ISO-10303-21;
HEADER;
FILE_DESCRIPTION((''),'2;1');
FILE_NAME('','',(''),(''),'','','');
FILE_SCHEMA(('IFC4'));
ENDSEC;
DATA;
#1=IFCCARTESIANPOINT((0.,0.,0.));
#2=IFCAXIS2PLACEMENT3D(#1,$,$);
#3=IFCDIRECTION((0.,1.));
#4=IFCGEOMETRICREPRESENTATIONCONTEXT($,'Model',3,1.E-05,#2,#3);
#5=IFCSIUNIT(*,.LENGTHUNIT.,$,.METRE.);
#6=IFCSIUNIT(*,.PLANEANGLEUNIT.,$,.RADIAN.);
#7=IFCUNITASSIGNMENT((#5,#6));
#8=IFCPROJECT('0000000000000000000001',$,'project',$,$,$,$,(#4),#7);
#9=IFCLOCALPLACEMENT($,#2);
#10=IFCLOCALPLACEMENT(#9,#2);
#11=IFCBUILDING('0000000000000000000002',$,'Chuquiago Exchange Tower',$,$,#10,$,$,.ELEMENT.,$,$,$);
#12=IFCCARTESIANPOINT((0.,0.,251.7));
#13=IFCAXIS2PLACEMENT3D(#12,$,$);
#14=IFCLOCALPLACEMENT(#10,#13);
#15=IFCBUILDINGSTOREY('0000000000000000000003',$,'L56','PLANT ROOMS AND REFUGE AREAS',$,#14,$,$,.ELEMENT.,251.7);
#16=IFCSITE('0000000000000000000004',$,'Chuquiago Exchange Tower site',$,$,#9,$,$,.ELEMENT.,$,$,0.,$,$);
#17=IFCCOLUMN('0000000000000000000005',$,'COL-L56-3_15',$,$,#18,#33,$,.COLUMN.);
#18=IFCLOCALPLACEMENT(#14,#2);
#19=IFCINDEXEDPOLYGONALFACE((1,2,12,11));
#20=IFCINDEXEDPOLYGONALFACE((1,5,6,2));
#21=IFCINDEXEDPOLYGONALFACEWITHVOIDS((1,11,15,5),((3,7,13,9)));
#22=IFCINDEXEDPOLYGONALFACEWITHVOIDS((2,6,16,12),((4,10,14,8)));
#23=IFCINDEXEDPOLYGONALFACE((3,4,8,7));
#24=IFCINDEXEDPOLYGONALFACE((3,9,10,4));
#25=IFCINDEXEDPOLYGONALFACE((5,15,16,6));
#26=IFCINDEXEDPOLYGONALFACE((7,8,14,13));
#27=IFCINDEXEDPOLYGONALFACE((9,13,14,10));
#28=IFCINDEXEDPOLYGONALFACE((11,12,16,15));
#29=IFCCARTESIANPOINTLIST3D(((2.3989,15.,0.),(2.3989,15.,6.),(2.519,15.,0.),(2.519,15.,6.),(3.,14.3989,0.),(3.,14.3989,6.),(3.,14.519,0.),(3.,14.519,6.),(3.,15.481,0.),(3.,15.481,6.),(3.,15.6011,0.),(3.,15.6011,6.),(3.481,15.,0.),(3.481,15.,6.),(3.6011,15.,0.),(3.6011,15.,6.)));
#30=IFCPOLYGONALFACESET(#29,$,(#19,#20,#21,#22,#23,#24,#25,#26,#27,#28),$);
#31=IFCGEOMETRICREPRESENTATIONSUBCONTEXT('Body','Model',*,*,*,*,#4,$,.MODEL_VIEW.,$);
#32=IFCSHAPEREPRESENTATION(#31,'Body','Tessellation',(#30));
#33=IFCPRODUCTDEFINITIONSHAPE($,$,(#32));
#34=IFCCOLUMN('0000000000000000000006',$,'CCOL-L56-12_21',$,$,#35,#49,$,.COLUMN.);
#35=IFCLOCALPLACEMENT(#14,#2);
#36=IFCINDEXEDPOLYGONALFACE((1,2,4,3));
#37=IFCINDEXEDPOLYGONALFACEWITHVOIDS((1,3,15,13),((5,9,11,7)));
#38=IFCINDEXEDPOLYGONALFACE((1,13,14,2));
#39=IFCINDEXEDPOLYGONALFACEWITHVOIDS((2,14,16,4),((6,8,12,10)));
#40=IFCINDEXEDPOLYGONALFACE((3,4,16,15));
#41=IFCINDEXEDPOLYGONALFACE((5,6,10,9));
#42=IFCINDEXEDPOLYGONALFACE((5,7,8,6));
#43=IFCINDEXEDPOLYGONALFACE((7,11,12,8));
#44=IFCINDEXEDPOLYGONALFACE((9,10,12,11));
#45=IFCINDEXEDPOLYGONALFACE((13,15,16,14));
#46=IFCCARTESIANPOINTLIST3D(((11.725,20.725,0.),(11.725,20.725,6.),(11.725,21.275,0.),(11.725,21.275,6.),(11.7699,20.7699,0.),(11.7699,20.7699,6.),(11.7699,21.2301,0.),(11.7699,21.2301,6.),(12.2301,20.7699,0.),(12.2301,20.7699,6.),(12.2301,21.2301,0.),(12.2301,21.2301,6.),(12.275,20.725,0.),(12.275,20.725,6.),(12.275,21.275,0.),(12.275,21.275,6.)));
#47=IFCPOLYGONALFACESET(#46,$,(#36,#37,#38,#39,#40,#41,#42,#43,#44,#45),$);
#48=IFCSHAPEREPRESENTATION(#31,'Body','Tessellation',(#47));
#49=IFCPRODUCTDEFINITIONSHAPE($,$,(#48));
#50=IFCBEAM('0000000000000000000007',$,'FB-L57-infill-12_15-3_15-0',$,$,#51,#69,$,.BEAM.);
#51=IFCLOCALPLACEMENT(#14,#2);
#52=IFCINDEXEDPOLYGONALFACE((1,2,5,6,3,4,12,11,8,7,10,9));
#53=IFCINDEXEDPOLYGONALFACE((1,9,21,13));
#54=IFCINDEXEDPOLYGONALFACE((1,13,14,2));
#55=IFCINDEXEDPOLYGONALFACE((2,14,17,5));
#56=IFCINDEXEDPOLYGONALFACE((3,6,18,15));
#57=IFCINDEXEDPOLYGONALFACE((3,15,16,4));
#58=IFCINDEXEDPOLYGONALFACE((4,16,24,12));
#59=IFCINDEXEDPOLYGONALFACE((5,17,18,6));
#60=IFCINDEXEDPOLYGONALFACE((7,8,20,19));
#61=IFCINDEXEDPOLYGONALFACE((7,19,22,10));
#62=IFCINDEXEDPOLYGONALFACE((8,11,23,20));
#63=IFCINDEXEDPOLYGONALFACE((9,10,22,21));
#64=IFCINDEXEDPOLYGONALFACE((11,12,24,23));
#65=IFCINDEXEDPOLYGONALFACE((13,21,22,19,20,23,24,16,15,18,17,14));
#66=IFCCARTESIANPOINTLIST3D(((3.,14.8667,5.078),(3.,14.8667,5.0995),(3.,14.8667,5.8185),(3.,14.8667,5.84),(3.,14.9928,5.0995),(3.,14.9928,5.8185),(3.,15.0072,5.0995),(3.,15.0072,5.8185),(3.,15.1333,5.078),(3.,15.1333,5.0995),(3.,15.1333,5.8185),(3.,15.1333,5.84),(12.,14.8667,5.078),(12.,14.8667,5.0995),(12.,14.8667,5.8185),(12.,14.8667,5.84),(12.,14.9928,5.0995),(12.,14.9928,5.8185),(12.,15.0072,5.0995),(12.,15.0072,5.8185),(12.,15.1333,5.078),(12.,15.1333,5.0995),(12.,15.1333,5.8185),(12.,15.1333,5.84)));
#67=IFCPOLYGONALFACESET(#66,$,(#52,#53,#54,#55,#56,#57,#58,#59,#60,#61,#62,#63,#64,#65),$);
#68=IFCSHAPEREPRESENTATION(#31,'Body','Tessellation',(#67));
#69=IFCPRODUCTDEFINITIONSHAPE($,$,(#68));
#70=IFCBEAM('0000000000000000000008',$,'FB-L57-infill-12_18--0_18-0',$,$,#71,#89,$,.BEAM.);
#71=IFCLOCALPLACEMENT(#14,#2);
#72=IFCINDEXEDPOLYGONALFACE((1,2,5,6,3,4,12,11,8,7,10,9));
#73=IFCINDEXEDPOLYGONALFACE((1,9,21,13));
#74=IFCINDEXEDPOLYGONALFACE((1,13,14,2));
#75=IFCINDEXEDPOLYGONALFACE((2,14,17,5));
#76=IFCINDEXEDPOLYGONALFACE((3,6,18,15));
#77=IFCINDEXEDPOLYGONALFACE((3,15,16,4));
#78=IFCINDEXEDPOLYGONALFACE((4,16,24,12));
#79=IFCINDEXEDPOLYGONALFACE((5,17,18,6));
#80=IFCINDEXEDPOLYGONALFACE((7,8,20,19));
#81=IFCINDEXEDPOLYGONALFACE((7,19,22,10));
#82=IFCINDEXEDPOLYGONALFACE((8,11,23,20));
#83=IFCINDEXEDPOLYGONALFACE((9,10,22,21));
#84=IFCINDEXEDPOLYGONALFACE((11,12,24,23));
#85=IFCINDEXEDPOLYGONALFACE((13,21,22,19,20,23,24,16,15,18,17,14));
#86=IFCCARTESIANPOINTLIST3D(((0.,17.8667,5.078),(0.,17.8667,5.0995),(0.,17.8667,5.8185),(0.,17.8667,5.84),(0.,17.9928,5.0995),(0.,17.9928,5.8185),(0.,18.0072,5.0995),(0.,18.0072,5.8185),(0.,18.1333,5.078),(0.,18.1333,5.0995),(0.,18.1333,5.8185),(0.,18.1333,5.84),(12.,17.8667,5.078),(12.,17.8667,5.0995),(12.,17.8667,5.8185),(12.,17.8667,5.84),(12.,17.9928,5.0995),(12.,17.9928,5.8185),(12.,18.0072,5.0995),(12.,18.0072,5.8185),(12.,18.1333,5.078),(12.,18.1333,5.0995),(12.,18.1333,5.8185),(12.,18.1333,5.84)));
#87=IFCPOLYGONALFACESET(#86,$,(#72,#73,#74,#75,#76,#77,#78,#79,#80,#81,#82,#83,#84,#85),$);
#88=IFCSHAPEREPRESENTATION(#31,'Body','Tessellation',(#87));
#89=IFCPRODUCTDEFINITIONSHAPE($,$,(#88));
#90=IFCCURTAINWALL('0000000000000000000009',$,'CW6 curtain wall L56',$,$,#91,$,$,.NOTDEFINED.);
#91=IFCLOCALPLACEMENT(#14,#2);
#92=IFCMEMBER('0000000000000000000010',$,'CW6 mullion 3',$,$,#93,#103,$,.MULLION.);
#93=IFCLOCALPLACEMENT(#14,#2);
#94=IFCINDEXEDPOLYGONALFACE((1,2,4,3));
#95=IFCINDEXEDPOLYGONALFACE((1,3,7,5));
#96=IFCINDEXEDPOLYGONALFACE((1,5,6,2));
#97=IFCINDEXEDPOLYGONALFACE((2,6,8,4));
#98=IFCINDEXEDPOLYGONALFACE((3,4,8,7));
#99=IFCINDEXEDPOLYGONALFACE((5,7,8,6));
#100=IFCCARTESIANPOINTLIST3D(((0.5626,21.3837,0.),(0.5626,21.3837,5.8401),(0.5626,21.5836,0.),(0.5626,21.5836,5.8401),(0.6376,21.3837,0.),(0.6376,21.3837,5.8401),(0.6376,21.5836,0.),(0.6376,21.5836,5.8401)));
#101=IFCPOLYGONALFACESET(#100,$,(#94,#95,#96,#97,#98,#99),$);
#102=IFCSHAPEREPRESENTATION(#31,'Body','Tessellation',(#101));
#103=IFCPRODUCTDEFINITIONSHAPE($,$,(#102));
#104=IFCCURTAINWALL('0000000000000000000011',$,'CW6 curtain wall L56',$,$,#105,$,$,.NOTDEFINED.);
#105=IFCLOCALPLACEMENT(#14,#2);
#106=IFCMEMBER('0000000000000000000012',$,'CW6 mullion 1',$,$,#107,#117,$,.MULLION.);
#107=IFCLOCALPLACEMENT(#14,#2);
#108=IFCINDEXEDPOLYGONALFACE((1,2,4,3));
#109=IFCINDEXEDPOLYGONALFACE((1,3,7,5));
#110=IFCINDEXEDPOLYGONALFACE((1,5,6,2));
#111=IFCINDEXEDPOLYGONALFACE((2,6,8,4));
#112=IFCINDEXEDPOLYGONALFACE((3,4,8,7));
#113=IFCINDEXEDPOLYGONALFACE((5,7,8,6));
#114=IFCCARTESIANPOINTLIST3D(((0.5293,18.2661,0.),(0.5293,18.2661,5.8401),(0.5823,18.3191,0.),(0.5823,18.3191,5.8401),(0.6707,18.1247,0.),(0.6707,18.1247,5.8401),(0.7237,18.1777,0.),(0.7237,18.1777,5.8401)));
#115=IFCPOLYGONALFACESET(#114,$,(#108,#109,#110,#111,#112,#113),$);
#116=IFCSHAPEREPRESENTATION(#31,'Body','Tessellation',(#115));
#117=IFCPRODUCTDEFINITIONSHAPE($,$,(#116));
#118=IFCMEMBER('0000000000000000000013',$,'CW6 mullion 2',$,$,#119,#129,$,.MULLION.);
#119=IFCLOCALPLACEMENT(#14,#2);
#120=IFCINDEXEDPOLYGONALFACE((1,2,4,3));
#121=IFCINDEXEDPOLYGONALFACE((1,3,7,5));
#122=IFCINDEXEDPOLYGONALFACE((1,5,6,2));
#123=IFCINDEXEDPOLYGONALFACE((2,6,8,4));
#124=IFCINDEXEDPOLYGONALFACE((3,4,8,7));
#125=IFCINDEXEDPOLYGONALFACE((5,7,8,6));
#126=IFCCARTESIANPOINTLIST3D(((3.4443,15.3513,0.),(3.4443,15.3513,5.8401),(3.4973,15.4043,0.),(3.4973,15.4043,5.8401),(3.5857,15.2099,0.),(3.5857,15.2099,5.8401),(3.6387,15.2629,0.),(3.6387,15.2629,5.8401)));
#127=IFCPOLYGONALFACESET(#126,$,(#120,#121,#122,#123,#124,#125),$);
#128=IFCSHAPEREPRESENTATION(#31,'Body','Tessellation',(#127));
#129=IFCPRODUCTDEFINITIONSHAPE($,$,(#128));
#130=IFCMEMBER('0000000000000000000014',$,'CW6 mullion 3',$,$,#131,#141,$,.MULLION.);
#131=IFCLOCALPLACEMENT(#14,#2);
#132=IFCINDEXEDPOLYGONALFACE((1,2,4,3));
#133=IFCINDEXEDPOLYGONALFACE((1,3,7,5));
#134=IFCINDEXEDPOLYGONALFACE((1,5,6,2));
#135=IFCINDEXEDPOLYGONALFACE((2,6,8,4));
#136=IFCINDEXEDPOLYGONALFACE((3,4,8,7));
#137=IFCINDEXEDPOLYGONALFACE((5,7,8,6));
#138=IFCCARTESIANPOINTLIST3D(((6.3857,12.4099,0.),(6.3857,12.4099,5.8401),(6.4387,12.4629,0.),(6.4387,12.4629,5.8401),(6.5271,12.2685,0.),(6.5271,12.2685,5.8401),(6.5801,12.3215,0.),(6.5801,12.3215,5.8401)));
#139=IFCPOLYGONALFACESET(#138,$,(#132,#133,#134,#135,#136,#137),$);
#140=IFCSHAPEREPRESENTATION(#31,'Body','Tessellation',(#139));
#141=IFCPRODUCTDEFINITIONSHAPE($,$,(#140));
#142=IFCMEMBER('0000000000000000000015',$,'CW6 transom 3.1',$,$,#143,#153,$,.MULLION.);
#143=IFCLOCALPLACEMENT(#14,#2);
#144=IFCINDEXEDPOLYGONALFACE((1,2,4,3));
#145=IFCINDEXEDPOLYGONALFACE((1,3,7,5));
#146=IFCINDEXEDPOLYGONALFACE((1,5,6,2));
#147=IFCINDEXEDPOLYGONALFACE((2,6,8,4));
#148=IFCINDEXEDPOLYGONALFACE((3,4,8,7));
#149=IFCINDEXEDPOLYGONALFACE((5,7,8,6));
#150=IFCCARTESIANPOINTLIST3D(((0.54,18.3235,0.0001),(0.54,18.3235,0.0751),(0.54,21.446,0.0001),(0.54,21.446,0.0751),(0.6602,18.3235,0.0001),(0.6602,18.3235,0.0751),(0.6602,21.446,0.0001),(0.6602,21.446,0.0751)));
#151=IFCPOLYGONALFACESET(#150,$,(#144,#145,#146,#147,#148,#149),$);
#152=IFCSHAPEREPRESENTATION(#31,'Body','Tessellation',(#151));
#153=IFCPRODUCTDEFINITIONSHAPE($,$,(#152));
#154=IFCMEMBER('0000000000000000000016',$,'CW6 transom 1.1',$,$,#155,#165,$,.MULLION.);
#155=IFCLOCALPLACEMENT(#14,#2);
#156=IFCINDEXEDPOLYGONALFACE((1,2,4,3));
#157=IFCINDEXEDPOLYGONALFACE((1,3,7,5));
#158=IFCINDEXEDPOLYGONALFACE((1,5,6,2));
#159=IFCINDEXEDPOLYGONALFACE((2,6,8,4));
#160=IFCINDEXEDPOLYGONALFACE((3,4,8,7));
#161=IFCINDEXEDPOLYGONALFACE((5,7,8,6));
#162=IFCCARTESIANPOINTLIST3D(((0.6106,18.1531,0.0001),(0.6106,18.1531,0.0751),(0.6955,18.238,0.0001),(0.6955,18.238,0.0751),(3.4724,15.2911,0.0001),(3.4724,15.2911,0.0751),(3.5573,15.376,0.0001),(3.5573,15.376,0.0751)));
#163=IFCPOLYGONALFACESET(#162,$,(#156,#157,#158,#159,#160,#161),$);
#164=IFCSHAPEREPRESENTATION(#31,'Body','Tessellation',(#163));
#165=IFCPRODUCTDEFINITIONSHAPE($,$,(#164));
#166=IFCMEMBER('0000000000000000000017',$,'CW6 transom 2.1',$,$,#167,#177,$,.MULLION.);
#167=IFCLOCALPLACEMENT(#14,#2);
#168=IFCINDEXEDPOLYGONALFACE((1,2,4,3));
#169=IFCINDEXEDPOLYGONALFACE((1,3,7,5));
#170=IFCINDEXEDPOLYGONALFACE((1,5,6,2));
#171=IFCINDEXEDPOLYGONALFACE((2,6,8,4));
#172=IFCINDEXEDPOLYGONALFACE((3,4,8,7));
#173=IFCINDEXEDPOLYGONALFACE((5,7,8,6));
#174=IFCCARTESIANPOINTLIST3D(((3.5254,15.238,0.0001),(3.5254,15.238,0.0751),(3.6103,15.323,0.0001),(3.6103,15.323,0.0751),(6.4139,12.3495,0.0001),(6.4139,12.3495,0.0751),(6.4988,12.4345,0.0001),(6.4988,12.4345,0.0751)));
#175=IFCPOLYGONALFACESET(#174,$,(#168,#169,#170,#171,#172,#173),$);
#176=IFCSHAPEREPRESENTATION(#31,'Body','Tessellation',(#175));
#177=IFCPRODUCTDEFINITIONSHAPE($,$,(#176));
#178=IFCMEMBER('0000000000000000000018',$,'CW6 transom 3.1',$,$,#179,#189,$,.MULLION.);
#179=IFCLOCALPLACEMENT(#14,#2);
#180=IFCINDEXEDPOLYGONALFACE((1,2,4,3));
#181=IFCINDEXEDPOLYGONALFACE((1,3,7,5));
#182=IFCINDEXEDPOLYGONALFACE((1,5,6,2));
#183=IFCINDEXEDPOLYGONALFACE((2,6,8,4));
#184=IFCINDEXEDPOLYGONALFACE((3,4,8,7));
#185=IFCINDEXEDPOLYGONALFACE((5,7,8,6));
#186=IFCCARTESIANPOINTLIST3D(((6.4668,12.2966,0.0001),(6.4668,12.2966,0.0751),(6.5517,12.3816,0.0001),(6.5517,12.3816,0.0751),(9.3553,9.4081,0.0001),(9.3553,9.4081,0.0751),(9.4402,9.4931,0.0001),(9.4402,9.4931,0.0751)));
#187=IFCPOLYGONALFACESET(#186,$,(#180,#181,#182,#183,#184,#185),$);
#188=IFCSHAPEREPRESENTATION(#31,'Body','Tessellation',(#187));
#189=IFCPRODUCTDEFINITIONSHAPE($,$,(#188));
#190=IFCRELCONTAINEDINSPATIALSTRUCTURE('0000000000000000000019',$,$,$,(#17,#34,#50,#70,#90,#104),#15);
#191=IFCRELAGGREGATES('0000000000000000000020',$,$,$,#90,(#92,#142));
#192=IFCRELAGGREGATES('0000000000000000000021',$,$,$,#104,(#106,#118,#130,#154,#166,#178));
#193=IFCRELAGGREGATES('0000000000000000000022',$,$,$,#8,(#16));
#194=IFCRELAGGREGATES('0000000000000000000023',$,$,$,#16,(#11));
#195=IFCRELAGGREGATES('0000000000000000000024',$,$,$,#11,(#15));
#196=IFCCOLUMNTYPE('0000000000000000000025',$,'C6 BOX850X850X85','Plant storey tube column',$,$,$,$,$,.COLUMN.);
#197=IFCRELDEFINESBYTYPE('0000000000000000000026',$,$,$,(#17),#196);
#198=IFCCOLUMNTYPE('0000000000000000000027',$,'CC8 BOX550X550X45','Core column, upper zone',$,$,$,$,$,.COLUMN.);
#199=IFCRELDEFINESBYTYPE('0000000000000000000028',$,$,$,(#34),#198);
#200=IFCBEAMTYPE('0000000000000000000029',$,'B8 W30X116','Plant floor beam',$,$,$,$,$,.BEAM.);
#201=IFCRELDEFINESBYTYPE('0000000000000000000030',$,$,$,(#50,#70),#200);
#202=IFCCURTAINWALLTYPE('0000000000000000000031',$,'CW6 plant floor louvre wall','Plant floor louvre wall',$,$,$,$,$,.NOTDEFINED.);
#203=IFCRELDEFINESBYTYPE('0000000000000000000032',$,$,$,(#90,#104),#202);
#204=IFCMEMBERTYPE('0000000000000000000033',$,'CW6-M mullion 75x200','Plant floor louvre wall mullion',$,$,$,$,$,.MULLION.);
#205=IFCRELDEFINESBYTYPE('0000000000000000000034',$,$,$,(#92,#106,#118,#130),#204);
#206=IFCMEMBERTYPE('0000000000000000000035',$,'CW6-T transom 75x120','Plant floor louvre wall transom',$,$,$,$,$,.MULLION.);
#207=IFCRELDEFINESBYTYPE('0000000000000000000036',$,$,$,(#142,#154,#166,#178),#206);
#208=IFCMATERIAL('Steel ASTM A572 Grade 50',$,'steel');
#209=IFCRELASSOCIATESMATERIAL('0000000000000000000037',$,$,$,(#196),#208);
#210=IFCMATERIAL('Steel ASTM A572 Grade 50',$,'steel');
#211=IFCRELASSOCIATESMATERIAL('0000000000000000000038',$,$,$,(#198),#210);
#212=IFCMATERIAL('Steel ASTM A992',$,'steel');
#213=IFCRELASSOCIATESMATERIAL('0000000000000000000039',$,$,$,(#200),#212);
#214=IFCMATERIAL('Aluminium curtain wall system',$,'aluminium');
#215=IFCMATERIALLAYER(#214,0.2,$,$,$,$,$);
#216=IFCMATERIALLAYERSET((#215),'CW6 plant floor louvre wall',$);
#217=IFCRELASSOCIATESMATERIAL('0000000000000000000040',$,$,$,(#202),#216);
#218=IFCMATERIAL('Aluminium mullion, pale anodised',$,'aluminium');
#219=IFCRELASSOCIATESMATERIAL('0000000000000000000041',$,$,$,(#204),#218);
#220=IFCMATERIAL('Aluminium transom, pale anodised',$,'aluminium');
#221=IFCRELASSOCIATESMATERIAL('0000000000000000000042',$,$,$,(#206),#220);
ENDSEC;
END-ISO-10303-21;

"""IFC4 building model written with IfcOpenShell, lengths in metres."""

from ifc_helpers import new_model, si_unit, direction, frame, origin, origin_2d, place, context, subcontext, project, spatial, rectangle, hollow_rectangle, i_section, extrude, material, layer, layer_set, material_profile, profile_set, type_object, element, aggregate, save


model = new_model("IFC4")

# Units and contexts
model_context = context("Model", 3, precision=1e-05, world=origin(), true_north=direction((0.0, 1.0)))
body_context = subcontext(model_context, "Body", "Model", "MODEL_VIEW")
ifc_project = project(units=[si_unit("LENGTHUNIT", "METRE"), si_unit("PLANEANGLEUNIT", "RADIAN")], contexts=[model_context])

# Site, building, storey
site_placement = place(None, origin())
site = spatial("IfcSite", under=ifc_project, at=site_placement, Name="Chuquiago Exchange Tower site", CompositionType="ELEMENT", RefElevation=0.0)
building_placement = place(site_placement, origin())
building = spatial("IfcBuilding", under=site, at=building_placement, Name="Chuquiago Exchange Tower", CompositionType="ELEMENT")
storey_placement = place(building_placement, frame((0.0, 0.0, 251.7)))
storey = spatial("IfcBuildingStorey", under=building, at=storey_placement, Name="L56", Description="PLANT ROOMS AND REFUGE AREAS", CompositionType="ELEMENT", Elevation=251.7)

# Columns
ifc_material_1 = material(Name="Steel ASTM A572 Grade 50", Category="steel")
ifc_material_profile_1 = material_profile(ifc_material_1, hollow_rectangle(XDim=0.8501, YDim=0.8501, WallThickness=0.085, at=origin_2d()), Name="BOX850X850X85")
ifc_profile_set_1 = profile_set([ifc_material_profile_1], Name="Steel ASTM A572 Grade 50")
column_type_1 = type_object("IfcColumnType", Name="C6 BOX850X850X85", Description="Plant storey tube column", PredefinedType="COLUMN", material=ifc_profile_set_1)
column_1_placement = place(storey_placement, frame((3.0, 15.0, 0.0), z_axis=(0.0, 0.0, 1.0), x_axis=(-0.707107, -0.707107, 0.0)))
element("IfcColumn", 1, at=column_1_placement, inside=storey, type_object=column_type_1, Name="COL-L56-3_15", PredefinedType="COLUMN", context=body_context, shape_type="SweptSolid", body=[
    extrude(hollow_rectangle(XDim=0.8501, YDim=0.8501, WallThickness=0.085, at=origin_2d()), origin(), (0.0, 0.0, 1.0), 6.0),
])
ifc_material_2 = material(Name="Steel ASTM A572 Grade 50", Category="steel")
ifc_material_profile_2 = material_profile(ifc_material_2, hollow_rectangle(XDim=0.55, YDim=0.55, WallThickness=0.0449, at=origin_2d()), Name="BOX550X550X45")
ifc_profile_set_2 = profile_set([ifc_material_profile_2], Name="Steel ASTM A572 Grade 50")
column_type_2 = type_object("IfcColumnType", Name="CC8 BOX550X550X45", Description="Core column, upper zone", PredefinedType="COLUMN", material=ifc_profile_set_2)
column_2_placement = place(storey_placement, frame((12.0, 21.0, 0.0), z_axis=(0.0, 0.0, 1.0), x_axis=(1.0, 0.0, 0.0)))
element("IfcColumn", 2, at=column_2_placement, inside=storey, type_object=column_type_2, Name="CCOL-L56-12_21", PredefinedType="COLUMN", context=body_context, shape_type="SweptSolid", body=[
    extrude(hollow_rectangle(XDim=0.55, YDim=0.55, WallThickness=0.0449, at=origin_2d()), origin(), (0.0, 0.0, 1.0), 6.0),
])

# Beams
ifc_material_3 = material(Name="Steel ASTM A992", Category="steel")
ifc_material_profile_3 = material_profile(ifc_material_3, i_section(OverallWidth=0.2666, OverallDepth=0.762, WebThickness=0.0144, FlangeThickness=0.0215, at=origin_2d()), Name="W30X116")
ifc_profile_set_3 = profile_set([ifc_material_profile_3], Name="Steel ASTM A992")
beam_type_1 = type_object("IfcBeamType", Name="B8 W30X116", Description="Plant floor beam", PredefinedType="BEAM", material=ifc_profile_set_3)
beam_1_placement = place(storey_placement, frame((12.0, 15.0, 5.459), z_axis=(-1.0, 0.0, 0.0), x_axis=(0.0, -1.0, 0.0)))
element("IfcBeam", 3, at=beam_1_placement, inside=storey, type_object=beam_type_1, Name="FB-L57-infill-12_15-3_15-0", PredefinedType="BEAM", context=body_context, shape_type="SweptSolid", body=[
    extrude(i_section(OverallWidth=0.2666, OverallDepth=0.762, WebThickness=0.0144, FlangeThickness=0.0215, at=origin_2d()), origin(), (0.0, 0.0, 1.0), 9.0),
])
beam_2_placement = place(storey_placement, frame((12.0, 18.0, 5.459), z_axis=(-1.0, 0.0, 0.0), x_axis=(0.0, -1.0, 0.0)))
element("IfcBeam", 4, at=beam_2_placement, inside=storey, type_object=beam_type_1, Name="FB-L57-infill-12_18--0_18-0", PredefinedType="BEAM", context=body_context, shape_type="SweptSolid", body=[
    extrude(i_section(OverallWidth=0.2666, OverallDepth=0.762, WebThickness=0.0144, FlangeThickness=0.0215, at=origin_2d()), origin(), (0.0, 0.0, 1.0), 12.0),
])

# Curtain wall, member
ifc_material_4 = material(Name="Aluminium curtain wall system", Category="aluminium")
ifc_layer_1 = layer(ifc_material_4, 0.2)
ifc_layer_set_1 = layer_set([ifc_layer_1], Name="CW6 plant floor louvre wall")
curtain_wall_type = type_object("IfcCurtainWallType", Name="CW6 plant floor louvre wall", Description="Plant floor louvre wall", PredefinedType="NOTDEFINED", material=ifc_layer_set_1)
curtain_wall_1_placement = place(storey_placement, origin())
curtain_wall_1 = element("IfcCurtainWall", 5, at=curtain_wall_1_placement, inside=storey, type_object=curtain_wall_type, Name="CW6 curtain wall L56", PredefinedType="NOTDEFINED")
ifc_material_5 = material(Name="Aluminium mullion, pale anodised", Category="aluminium")
ifc_material_profile_4 = material_profile(ifc_material_5, rectangle(XDim=0.075, YDim=0.2, at=origin_2d()), Name="AL 75x200")
ifc_profile_set_4 = profile_set([ifc_material_profile_4], Name="Aluminium mullion, pale anodised")
member_type_1 = type_object("IfcMemberType", Name="CW6-M mullion 75x200", Description="Plant floor louvre wall mullion", PredefinedType="MULLION", material=ifc_profile_set_4)
member_1_placement = place(storey_placement, frame((0.6001, 21.4836, 0.0), z_axis=(0.0, 0.0, 1.0), x_axis=(1.0, 0.0, 0.0)))
member_1 = element("IfcMember", 6, at=member_1_placement, type_object=member_type_1, Name="CW6 mullion 3", PredefinedType="MULLION", context=body_context, shape_type="SweptSolid", body=[
    extrude(rectangle(XDim=0.075, YDim=0.2, at=origin_2d()), origin(), (0.0, 0.0, 1.0), 5.8401),
])

# Curtain wall, members
curtain_wall_2_placement = place(storey_placement, origin())
curtain_wall_2 = element("IfcCurtainWall", 7, at=curtain_wall_2_placement, inside=storey, type_object=curtain_wall_type, Name="CW6 curtain wall L56", PredefinedType="NOTDEFINED")
member_2_placement = place(storey_placement, frame((0.6265, 18.2219, 0.0), z_axis=(0.0, 0.0, 1.0), x_axis=(0.707107, 0.707107, 0.0)))
member_2 = element("IfcMember", 8, at=member_2_placement, type_object=member_type_1, Name="CW6 mullion 1", PredefinedType="MULLION", context=body_context, shape_type="SweptSolid", body=[
    extrude(rectangle(XDim=0.075, YDim=0.2, at=origin_2d()), origin(), (0.0, 0.0, 1.0), 5.8401),
])
member_3_placement = place(storey_placement, frame((3.5415, 15.3071, 0.0), z_axis=(0.0, 0.0, 1.0), x_axis=(0.707107, 0.707107, 0.0)))
member_3 = element("IfcMember", 9, at=member_3_placement, type_object=member_type_1, Name="CW6 mullion 2", PredefinedType="MULLION", context=body_context, shape_type="SweptSolid", body=[
    extrude(rectangle(XDim=0.075, YDim=0.2, at=origin_2d()), origin(), (0.0, 0.0, 1.0), 5.8401),
])
member_4_placement = place(storey_placement, frame((6.4829, 12.3657, 0.0), z_axis=(0.0, 0.0, 1.0), x_axis=(0.707107, 0.707107, 0.0)))
member_4 = element("IfcMember", 10, at=member_4_placement, type_object=member_type_1, Name="CW6 mullion 3", PredefinedType="MULLION", context=body_context, shape_type="SweptSolid", body=[
    extrude(rectangle(XDim=0.075, YDim=0.2, at=origin_2d()), origin(), (0.0, 0.0, 1.0), 5.8401),
])

# Members
ifc_material_6 = material(Name="Aluminium transom, pale anodised", Category="aluminium")
ifc_material_profile_5 = material_profile(ifc_material_6, rectangle(XDim=0.1201, YDim=0.075, at=origin_2d()), Name="AL 120x75")
ifc_profile_set_5 = profile_set([ifc_material_profile_5], Name="Aluminium transom, pale anodised")
member_type_2 = type_object("IfcMemberType", Name="CW6-T transom 75x120", Description="Plant floor louvre wall transom", PredefinedType="MULLION", material=ifc_profile_set_5)
member_5_placement = place(storey_placement, frame((0.6001, 21.446, 0.0376), z_axis=(0.0, -1.0, 0.0), x_axis=(1.0, 0.0, 0.0)))
member_5 = element("IfcMember", 11, at=member_5_placement, type_object=member_type_2, Name="CW6 transom 3.1", PredefinedType="MULLION", context=body_context, shape_type="SweptSolid", body=[
    extrude(rectangle(XDim=0.1201, YDim=0.075, at=origin_2d()), origin(), (0.0, 0.0, 1.0), 3.1226),
])
member_6_placement = place(storey_placement, frame((0.6531, 18.1956, 0.0376), z_axis=(0.707077, -0.707137, 0.0), x_axis=(0.707137, 0.707077, 0.0)))
member_6 = element("IfcMember", 12, at=member_6_placement, type_object=member_type_2, Name="CW6 transom 1.1", PredefinedType="MULLION", context=body_context, shape_type="SweptSolid", body=[
    extrude(rectangle(XDim=0.1201, YDim=0.075, at=origin_2d()), origin(), (0.0, 0.0, 1.0), 4.0474),
])
member_7_placement = place(storey_placement, frame((3.5679, 15.2805, 0.0376), z_axis=(0.707107, -0.707107, 0.0), x_axis=(0.707107, 0.707107, 0.0)))
member_7 = element("IfcMember", 13, at=member_7_placement, type_object=member_type_2, Name="CW6 transom 2.1", PredefinedType="MULLION", context=body_context, shape_type="SweptSolid", body=[
    extrude(rectangle(XDim=0.1201, YDim=0.075, at=origin_2d()), origin(), (0.0, 0.0, 1.0), 4.085),
])
member_8_placement = place(storey_placement, frame((6.5093, 12.3391, 0.0376), z_axis=(0.707107, -0.707107, 0.0), x_axis=(0.707107, 0.707107, 0.0)))
member_8 = element("IfcMember", 14, at=member_8_placement, type_object=member_type_2, Name="CW6 transom 3.1", PredefinedType="MULLION", context=body_context, shape_type="SweptSolid", body=[
    extrude(rectangle(XDim=0.1201, YDim=0.075, at=origin_2d()), origin(), (0.0, 0.0, 1.0), 4.085),
])

aggregate(curtain_wall_1, [member_1, member_5])
aggregate(curtain_wall_2, [member_2, member_3, member_4, member_6, member_7, member_8])

save(model, "model.ifc")
